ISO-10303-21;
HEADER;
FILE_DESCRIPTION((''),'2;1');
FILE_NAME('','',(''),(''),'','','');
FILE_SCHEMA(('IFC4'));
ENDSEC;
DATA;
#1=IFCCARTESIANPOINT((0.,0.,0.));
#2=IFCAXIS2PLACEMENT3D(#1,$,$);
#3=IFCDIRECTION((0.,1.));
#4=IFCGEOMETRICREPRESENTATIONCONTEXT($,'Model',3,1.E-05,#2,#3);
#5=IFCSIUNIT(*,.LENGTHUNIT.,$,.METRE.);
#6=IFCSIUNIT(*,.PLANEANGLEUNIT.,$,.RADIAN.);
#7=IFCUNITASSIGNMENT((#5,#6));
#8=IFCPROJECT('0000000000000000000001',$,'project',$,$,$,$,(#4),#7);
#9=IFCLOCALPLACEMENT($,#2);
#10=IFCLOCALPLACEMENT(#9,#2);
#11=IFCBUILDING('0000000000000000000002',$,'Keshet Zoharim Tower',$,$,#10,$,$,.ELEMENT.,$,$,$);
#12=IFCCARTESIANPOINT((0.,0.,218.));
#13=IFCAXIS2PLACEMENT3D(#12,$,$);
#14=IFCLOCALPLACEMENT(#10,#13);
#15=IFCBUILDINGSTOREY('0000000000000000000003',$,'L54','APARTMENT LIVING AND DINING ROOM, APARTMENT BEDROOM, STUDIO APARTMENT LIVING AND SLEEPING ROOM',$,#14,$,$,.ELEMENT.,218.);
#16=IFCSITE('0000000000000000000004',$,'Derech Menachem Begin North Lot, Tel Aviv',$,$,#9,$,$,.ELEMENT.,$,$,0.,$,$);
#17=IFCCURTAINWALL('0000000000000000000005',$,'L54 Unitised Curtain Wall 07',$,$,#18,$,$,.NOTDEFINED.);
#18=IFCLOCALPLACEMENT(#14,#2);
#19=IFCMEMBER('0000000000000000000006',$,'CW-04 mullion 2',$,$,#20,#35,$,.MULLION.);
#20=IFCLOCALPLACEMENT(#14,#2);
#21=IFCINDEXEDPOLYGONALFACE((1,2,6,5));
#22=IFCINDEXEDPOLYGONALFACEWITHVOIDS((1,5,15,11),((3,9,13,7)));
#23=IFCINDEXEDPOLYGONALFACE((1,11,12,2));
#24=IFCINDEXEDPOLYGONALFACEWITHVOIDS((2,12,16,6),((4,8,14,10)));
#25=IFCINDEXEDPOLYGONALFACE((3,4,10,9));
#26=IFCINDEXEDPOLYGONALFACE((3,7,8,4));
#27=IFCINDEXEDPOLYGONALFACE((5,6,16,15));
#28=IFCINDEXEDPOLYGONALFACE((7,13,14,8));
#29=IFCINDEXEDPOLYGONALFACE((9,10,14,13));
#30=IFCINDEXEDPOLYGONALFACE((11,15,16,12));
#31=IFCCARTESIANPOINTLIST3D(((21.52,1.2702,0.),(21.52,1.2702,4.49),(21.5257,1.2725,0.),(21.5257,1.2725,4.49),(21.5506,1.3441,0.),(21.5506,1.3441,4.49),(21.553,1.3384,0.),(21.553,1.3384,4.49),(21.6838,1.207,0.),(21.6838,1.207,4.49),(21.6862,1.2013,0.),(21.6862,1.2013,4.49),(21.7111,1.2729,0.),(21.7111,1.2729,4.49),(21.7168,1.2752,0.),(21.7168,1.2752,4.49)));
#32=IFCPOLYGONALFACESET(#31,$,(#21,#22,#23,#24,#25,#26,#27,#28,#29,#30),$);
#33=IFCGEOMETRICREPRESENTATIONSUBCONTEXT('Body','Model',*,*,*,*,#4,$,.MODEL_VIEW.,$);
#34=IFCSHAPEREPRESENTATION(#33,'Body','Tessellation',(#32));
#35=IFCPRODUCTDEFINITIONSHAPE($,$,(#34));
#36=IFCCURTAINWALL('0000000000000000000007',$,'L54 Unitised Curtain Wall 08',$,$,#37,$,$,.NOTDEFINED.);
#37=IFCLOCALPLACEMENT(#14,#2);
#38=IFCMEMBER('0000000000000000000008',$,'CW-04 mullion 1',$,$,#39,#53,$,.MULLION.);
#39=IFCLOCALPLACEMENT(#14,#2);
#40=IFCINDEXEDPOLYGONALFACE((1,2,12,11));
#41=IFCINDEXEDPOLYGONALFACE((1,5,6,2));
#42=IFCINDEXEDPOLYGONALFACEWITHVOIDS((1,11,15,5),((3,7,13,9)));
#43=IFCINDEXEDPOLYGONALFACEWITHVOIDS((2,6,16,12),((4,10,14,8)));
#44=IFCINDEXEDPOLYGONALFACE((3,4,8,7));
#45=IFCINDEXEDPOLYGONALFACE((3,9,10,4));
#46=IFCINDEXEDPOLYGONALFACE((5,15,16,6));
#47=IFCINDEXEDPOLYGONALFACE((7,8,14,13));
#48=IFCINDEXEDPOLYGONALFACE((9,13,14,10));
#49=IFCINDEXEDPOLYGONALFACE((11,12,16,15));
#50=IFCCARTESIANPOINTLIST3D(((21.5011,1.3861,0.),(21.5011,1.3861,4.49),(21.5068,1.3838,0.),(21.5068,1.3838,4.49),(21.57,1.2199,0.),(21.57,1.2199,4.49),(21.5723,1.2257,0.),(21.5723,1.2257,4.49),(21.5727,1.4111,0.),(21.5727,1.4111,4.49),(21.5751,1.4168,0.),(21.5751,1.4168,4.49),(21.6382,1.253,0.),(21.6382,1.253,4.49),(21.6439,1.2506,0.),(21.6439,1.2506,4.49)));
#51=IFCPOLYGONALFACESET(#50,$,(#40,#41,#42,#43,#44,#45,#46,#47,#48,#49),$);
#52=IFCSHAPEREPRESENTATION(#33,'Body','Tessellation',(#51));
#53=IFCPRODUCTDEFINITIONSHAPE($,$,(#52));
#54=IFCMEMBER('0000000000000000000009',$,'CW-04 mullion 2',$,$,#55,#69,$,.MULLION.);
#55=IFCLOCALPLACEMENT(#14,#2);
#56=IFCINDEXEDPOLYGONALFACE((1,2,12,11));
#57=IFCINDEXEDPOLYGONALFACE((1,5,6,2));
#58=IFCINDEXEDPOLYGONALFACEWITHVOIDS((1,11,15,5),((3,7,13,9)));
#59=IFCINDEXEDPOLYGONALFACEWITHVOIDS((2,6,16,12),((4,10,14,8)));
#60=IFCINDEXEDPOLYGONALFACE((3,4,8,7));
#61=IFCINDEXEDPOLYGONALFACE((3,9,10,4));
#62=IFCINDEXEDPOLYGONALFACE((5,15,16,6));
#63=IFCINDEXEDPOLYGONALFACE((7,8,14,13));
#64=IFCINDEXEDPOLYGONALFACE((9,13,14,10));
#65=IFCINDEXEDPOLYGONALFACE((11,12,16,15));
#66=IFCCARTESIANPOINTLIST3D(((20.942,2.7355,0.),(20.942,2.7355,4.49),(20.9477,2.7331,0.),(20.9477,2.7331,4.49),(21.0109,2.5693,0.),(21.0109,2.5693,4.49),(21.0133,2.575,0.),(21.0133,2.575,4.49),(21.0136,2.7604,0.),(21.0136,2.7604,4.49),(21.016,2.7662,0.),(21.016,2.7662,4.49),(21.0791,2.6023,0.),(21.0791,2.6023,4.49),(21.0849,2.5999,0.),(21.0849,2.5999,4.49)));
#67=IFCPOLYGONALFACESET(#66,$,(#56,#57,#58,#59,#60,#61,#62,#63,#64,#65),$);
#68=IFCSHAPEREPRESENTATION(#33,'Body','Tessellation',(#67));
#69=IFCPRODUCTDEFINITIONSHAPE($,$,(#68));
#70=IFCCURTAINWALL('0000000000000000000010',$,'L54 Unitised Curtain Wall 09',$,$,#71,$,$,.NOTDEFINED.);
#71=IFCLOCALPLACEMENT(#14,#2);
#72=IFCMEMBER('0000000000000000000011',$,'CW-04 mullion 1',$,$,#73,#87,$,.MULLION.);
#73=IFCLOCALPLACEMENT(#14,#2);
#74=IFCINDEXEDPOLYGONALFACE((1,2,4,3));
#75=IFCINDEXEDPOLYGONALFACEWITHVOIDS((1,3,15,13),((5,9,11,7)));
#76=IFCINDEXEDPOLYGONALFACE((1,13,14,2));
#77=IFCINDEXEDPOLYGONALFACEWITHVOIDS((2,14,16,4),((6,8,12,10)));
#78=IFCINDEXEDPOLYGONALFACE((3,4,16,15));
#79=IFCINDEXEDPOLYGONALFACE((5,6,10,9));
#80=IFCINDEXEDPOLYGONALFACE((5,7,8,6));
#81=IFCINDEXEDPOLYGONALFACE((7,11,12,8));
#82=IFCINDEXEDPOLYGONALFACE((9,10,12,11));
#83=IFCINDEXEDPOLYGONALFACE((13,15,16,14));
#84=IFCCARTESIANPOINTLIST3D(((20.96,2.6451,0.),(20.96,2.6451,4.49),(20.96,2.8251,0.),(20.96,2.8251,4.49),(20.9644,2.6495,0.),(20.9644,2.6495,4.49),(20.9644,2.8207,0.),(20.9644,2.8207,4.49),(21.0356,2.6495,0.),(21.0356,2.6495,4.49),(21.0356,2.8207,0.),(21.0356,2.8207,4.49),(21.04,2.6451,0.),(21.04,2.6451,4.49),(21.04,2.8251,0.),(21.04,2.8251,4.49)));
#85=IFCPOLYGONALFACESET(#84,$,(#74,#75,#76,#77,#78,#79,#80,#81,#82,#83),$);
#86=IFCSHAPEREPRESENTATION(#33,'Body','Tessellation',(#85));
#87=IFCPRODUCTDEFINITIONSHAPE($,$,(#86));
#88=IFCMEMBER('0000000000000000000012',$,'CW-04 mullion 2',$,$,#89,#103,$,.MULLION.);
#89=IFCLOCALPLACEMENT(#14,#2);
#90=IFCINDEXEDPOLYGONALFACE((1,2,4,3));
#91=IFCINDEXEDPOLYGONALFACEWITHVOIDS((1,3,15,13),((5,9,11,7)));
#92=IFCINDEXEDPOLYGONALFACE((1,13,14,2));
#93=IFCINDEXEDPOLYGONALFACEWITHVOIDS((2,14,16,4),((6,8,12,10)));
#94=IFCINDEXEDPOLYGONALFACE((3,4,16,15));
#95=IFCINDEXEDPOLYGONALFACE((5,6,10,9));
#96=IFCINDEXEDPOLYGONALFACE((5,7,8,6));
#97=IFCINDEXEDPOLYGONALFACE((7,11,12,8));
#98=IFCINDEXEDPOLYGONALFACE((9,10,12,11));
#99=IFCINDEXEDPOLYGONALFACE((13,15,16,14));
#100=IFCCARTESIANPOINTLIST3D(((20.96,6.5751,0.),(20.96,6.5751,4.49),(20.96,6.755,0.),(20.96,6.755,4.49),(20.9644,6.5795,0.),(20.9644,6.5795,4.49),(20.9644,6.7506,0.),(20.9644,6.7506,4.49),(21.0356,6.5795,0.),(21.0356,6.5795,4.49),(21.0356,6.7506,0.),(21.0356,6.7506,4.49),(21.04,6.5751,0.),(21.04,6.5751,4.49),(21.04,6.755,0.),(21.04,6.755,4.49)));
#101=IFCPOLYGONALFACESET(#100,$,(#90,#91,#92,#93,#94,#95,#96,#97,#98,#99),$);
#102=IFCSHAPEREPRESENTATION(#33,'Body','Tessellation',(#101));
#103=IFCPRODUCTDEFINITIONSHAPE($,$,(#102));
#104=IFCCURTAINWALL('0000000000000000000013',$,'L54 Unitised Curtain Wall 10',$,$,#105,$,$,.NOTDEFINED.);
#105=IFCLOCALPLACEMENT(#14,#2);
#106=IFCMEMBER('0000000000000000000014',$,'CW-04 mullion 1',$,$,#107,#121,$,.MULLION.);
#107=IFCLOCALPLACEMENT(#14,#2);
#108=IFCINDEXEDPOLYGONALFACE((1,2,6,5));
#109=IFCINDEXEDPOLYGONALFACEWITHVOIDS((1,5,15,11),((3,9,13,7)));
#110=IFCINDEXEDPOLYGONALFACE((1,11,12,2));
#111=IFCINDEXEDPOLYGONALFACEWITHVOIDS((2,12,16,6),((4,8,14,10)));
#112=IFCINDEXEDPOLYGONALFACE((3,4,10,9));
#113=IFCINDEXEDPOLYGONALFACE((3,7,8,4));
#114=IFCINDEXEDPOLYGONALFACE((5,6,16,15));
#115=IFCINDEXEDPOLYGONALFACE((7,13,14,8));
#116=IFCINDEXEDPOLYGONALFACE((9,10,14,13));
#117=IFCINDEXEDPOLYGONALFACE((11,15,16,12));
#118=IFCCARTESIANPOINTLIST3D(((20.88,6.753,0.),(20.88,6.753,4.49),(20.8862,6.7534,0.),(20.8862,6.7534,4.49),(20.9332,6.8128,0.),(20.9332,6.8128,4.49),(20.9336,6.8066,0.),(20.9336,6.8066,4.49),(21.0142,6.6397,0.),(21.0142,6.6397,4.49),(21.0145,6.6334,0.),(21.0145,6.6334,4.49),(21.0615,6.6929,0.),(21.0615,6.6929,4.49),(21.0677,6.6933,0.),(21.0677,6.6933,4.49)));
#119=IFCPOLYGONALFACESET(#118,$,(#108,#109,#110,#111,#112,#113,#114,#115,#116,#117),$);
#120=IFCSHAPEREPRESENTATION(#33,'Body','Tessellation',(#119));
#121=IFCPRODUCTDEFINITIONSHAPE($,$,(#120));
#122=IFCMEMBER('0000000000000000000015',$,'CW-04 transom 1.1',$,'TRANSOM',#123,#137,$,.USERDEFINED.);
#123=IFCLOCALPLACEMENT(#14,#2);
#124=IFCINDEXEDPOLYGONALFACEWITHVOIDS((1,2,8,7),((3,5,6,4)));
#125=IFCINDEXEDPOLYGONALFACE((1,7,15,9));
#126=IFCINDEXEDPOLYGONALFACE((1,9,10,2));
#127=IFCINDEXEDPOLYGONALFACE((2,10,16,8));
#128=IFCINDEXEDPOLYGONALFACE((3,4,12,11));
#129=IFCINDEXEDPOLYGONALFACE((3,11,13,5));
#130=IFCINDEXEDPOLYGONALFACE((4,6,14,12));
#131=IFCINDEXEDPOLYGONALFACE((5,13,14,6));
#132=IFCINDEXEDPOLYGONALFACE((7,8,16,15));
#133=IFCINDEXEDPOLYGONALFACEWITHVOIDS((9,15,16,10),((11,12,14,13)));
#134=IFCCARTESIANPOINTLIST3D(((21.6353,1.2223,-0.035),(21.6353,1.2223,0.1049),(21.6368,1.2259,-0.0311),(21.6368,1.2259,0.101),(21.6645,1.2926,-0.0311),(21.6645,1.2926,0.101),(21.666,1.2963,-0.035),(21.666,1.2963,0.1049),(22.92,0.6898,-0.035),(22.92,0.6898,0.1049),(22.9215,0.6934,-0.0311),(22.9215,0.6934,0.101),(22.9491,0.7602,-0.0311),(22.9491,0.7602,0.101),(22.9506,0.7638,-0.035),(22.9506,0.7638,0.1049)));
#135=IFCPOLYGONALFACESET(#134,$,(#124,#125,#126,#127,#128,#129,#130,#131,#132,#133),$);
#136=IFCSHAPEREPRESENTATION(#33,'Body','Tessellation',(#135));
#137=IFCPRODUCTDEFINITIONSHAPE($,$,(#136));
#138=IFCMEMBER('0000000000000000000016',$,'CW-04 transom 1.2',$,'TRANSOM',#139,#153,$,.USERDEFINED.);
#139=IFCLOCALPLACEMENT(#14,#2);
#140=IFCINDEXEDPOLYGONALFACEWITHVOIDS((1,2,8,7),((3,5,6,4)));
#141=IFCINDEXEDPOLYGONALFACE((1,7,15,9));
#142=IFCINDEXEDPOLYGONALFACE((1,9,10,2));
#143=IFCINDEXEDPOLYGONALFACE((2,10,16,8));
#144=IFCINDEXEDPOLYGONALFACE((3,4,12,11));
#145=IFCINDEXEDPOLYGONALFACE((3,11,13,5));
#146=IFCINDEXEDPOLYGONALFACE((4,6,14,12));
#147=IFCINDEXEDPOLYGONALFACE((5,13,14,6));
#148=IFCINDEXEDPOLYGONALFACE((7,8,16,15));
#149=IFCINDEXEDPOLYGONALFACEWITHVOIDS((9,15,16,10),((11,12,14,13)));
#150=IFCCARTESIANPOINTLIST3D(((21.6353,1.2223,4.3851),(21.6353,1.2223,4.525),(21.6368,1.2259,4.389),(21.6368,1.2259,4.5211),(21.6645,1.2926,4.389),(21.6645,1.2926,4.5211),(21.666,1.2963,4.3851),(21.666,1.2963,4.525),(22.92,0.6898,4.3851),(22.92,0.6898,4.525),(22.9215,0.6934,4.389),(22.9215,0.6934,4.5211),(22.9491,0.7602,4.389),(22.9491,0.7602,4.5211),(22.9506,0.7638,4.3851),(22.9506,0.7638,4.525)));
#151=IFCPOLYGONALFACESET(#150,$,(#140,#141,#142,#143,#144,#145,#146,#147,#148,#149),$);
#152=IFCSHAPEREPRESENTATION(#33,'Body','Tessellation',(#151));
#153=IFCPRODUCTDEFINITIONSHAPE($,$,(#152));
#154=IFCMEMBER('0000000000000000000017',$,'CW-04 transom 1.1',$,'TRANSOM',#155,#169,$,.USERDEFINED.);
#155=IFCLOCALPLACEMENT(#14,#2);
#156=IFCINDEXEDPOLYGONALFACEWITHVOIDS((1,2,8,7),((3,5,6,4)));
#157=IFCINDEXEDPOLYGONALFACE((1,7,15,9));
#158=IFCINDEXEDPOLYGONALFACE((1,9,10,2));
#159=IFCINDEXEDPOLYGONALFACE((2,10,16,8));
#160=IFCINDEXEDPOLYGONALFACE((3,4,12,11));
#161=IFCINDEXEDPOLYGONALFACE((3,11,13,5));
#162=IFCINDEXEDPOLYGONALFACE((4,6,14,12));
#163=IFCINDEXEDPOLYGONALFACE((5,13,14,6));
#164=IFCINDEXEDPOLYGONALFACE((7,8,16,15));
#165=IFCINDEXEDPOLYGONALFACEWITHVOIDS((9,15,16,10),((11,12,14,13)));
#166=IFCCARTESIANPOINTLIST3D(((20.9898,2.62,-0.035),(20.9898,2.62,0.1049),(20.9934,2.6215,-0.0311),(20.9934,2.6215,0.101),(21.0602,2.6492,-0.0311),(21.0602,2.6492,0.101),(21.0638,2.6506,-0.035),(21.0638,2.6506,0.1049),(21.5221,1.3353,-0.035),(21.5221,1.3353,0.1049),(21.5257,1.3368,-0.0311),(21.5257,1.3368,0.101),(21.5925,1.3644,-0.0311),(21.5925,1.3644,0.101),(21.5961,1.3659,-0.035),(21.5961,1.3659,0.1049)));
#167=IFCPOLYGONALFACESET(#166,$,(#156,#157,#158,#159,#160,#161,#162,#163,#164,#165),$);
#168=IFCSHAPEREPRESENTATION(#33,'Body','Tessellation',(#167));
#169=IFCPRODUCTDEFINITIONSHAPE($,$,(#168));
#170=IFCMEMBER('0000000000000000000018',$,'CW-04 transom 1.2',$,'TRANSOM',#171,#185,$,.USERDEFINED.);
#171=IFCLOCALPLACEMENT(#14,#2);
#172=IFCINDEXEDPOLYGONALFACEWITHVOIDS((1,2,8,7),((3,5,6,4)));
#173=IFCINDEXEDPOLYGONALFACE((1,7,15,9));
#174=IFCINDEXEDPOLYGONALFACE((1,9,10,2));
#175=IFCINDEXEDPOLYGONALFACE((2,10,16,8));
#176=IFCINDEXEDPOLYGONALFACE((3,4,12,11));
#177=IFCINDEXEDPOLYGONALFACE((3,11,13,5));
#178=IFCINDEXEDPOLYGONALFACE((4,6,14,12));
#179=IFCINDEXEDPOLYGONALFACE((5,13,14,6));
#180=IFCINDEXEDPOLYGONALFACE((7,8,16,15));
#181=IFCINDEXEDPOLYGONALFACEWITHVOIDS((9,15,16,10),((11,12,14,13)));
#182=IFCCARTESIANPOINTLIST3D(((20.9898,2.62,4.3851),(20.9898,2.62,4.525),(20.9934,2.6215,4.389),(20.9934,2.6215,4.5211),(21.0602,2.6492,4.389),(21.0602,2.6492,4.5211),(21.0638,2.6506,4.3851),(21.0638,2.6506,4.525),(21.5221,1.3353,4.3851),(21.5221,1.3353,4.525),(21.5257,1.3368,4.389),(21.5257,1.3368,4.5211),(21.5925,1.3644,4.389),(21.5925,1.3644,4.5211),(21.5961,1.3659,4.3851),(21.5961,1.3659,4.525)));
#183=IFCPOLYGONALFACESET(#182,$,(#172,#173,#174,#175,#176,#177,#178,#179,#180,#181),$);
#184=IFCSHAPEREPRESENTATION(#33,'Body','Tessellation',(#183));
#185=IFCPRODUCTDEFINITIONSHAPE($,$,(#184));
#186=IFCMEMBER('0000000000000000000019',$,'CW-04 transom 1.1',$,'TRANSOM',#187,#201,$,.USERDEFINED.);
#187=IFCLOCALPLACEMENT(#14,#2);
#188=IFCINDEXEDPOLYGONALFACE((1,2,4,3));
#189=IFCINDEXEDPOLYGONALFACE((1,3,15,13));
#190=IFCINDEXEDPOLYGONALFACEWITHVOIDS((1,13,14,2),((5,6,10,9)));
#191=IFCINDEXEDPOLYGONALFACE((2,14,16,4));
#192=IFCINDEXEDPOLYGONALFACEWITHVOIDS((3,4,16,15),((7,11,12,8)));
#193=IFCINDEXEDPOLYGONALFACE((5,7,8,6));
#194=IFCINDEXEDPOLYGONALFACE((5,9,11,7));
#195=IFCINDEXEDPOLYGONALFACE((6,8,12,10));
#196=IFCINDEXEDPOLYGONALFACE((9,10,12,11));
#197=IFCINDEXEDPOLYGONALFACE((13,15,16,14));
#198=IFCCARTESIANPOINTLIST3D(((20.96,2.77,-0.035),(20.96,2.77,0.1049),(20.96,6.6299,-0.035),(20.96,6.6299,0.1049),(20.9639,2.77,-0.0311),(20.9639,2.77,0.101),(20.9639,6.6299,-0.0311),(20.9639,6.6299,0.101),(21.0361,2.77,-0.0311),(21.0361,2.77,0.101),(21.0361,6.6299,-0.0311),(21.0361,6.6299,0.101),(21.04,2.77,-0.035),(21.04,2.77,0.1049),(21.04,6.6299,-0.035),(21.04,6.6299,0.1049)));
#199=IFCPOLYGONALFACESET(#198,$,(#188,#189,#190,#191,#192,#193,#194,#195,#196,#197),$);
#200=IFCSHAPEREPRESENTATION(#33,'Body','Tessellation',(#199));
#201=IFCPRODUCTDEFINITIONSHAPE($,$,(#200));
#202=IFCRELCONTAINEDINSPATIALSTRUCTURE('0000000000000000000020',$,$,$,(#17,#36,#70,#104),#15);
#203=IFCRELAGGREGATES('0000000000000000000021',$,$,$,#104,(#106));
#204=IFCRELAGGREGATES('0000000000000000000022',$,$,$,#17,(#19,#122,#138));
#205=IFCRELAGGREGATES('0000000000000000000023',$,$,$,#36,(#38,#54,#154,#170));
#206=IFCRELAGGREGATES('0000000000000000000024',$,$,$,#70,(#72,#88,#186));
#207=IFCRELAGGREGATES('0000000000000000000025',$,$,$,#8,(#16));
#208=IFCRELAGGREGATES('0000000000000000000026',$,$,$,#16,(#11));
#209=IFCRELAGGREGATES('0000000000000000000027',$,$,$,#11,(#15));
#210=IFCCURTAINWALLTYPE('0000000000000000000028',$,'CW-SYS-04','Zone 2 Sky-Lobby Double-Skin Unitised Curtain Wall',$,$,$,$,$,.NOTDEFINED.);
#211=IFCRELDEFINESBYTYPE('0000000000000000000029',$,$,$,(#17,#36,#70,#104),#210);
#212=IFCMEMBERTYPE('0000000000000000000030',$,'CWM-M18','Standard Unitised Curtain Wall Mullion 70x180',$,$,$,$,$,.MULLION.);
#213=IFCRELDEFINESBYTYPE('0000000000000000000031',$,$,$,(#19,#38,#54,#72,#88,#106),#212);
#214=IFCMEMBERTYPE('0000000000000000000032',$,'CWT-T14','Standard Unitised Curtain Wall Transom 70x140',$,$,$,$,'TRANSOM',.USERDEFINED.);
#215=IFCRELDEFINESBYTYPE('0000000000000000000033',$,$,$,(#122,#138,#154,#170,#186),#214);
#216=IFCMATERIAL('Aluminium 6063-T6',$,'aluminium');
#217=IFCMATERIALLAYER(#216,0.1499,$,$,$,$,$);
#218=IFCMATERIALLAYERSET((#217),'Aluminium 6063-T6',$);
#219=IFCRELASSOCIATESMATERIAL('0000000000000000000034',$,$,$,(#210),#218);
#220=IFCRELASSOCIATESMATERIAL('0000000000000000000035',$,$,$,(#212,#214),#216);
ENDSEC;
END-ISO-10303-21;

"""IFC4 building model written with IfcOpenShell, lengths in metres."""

from ifc_helpers import new_model, si_unit, direction, frame, origin, origin_2d, place, context, subcontext, project, spatial, hollow_rectangle, extrude, material, layer, layer_set, material_profile, profile_set, type_object, element, aggregate, save


model = new_model("IFC4")

# Units and contexts
model_context = context("Model", 3, precision=1e-05, world=origin(), true_north=direction((0.0, 1.0)))
body_context = subcontext(model_context, "Body", "Model", "MODEL_VIEW")
ifc_project = project(units=[si_unit("LENGTHUNIT", "METRE"), si_unit("PLANEANGLEUNIT", "RADIAN")], contexts=[model_context])

# Site, building, storey
site_placement = place(None, origin())
site = spatial("IfcSite", under=ifc_project, at=site_placement, Name="Derech Menachem Begin North Lot, Tel Aviv", CompositionType="ELEMENT", RefElevation=0.0)
building_placement = place(site_placement, origin())
building = spatial("IfcBuilding", under=site, at=building_placement, Name="Keshet Zoharim Tower", CompositionType="ELEMENT")
storey_placement = place(building_placement, frame((0.0, 0.0, 218.0)))
storey = spatial("IfcBuildingStorey", under=building, at=storey_placement, Name="L54", Description="APARTMENT LIVING AND DINING ROOM, APARTMENT BEDROOM, STUDIO APARTMENT LIVING AND SLEEPING ROOM", CompositionType="ELEMENT", Elevation=218.0)

# Shared definitions
ifc_material_1 = material(Name="Aluminium 6063-T6", Category="aluminium")
ifc_layer_1 = layer(ifc_material_1, 0.1499)
ifc_layer_set_1 = layer_set([ifc_layer_1], Name="Aluminium 6063-T6")
curtain_wall_type = type_object("IfcCurtainWallType", Name="CW-SYS-04", Description="Zone 2 Sky-Lobby Double-Skin Unitised Curtain Wall", PredefinedType="NOTDEFINED", material=ifc_layer_set_1)
ifc_material_profile_1 = material_profile(ifc_material_1, hollow_rectangle(XDim=0.0801, YDim=0.1799, WallThickness=0.0044, at=origin_2d()), Name="MUL-80x180")
ifc_profile_set_1 = profile_set([ifc_material_profile_1], Name="Aluminium 6063-T6")
member_type_1 = type_object("IfcMemberType", Name="CWM-M18", Description="Standard Unitised Curtain Wall Mullion 70x180", PredefinedType="MULLION", material=ifc_profile_set_1)

# Curtain walls, members
curtain_wall_1_placement = place(storey_placement, origin())
curtain_wall_1 = element("IfcCurtainWall", 1, at=curtain_wall_1_placement, inside=storey, type_object=curtain_wall_type, Name="L54 Unitised Curtain Wall 07", PredefinedType="NOTDEFINED")
member_1_placement = place(storey_placement, frame((21.6184, 1.2727, 0.0), z_axis=(0.0, 0.0, 1.0), x_axis=(-0.382852, -0.92381, 0.0)))
member_1 = element("IfcMember", 2, at=member_1_placement, type_object=member_type_1, Name="CW-04 mullion 2", PredefinedType="MULLION", context=body_context, shape_type="SweptSolid", body=[
    extrude(hollow_rectangle(XDim=0.0801, YDim=0.1799, WallThickness=0.0044, at=origin_2d()), origin(), (0.0, 0.0, 1.0), 4.49),
])
curtain_wall_2_placement = place(storey_placement, origin())
curtain_wall_2 = element("IfcCurtainWall", 3, at=curtain_wall_2_placement, inside=storey, type_object=curtain_wall_type, Name="L54 Unitised Curtain Wall 08", PredefinedType="NOTDEFINED")
member_2_placement = place(storey_placement, frame((21.5725, 1.3184, 0.0), z_axis=(0.0, 0.0, 1.0), x_axis=(-0.92381, -0.382852, 0.0)))
member_2 = element("IfcMember", 4, at=member_2_placement, type_object=member_type_1, Name="CW-04 mullion 1", PredefinedType="MULLION", context=body_context, shape_type="SweptSolid", body=[
    extrude(hollow_rectangle(XDim=0.0801, YDim=0.1799, WallThickness=0.0044, at=origin_2d()), origin(), (0.0, 0.0, 1.0), 4.49),
])
member_3_placement = place(storey_placement, frame((21.0134, 2.6677, 0.0), z_axis=(0.0, 0.0, 1.0), x_axis=(-0.92381, -0.382852, 0.0)))
member_3 = element("IfcMember", 5, at=member_3_placement, type_object=member_type_1, Name="CW-04 mullion 2", PredefinedType="MULLION", context=body_context, shape_type="SweptSolid", body=[
    extrude(hollow_rectangle(XDim=0.0801, YDim=0.1799, WallThickness=0.0044, at=origin_2d()), origin(), (0.0, 0.0, 1.0), 4.49),
])
curtain_wall_3_placement = place(storey_placement, origin())
curtain_wall_3 = element("IfcCurtainWall", 6, at=curtain_wall_3_placement, inside=storey, type_object=curtain_wall_type, Name="L54 Unitised Curtain Wall 09", PredefinedType="NOTDEFINED")
member_4_placement = place(storey_placement, frame((21.0, 2.7351, 0.0), z_axis=(0.0, 0.0, 1.0), x_axis=(-1.0, 0.0, 0.0)))
member_4 = element("IfcMember", 7, at=member_4_placement, type_object=member_type_1, Name="CW-04 mullion 1", PredefinedType="MULLION", context=body_context, shape_type="SweptSolid", body=[
    extrude(hollow_rectangle(XDim=0.0801, YDim=0.1799, WallThickness=0.0044, at=origin_2d()), origin(), (0.0, 0.0, 1.0), 4.49),
])
member_5_placement = place(storey_placement, frame((21.0, 6.665, 0.0), z_axis=(0.0, 0.0, 1.0), x_axis=(-1.0, 0.0, 0.0)))
member_5 = element("IfcMember", 8, at=member_5_placement, type_object=member_type_1, Name="CW-04 mullion 2", PredefinedType="MULLION", context=body_context, shape_type="SweptSolid", body=[
    extrude(hollow_rectangle(XDim=0.0801, YDim=0.1799, WallThickness=0.0044, at=origin_2d()), origin(), (0.0, 0.0, 1.0), 4.49),
])

# Curtain wall, member
curtain_wall_4_placement = place(storey_placement, origin())
curtain_wall_4 = element("IfcCurtainWall", 9, at=curtain_wall_4_placement, inside=storey, type_object=curtain_wall_type, Name="L54 Unitised Curtain Wall 10", PredefinedType="NOTDEFINED")
member_6_placement = place(storey_placement, frame((20.9739, 6.7231, 0.0), z_axis=(0.0, 0.0, 1.0), x_axis=(-0.664358, -0.747415, 0.0)))
member_6 = element("IfcMember", 10, at=member_6_placement, type_object=member_type_1, Name="CW-04 mullion 1", PredefinedType="MULLION", context=body_context, shape_type="SweptSolid", body=[
    extrude(hollow_rectangle(XDim=0.0801, YDim=0.1799, WallThickness=0.0044, at=origin_2d()), origin(), (0.0, 0.0, 1.0), 4.49),
])

# Members
ifc_material_profile_2 = material_profile(ifc_material_1, hollow_rectangle(XDim=0.0801, YDim=0.1399, WallThickness=0.0039, at=origin_2d()), Name="TRN-80x140")
ifc_profile_set_2 = profile_set([ifc_material_profile_2], Name="Aluminium 6063-T6")
member_type_2 = type_object("IfcMemberType", Name="CWT-T14", Description="Standard Unitised Curtain Wall Transom 70x140", ElementType="TRANSOM", PredefinedType="USERDEFINED", material=ifc_profile_set_2)
member_7_placement = place(storey_placement, frame((22.9353, 0.7268, 0.0349), z_axis=(-0.923792, 0.382894, 0.0), x_axis=(-0.382894, -0.923792, 0.0)))
member_7 = element("IfcMember", 11, at=member_7_placement, type_object=member_type_2, Name="CW-04 transom 1.1", ObjectType="TRANSOM", PredefinedType="USERDEFINED", context=body_context, shape_type="SweptSolid", body=[
    extrude(hollow_rectangle(XDim=0.0801, YDim=0.1399, WallThickness=0.0039, at=origin_2d()), origin(), (0.0, 0.0, 1.0), 1.3906),
])
member_8_placement = place(storey_placement, frame((22.9353, 0.7268, 4.4551), z_axis=(-0.923792, 0.382894, 0.0), x_axis=(-0.382894, -0.923792, 0.0)))
member_8 = element("IfcMember", 12, at=member_8_placement, type_object=member_type_2, Name="CW-04 transom 1.2", ObjectType="TRANSOM", PredefinedType="USERDEFINED", context=body_context, shape_type="SweptSolid", body=[
    extrude(hollow_rectangle(XDim=0.0801, YDim=0.1399, WallThickness=0.0039, at=origin_2d()), origin(), (0.0, 0.0, 1.0), 1.3906),
])
member_9_placement = place(storey_placement, frame((21.5591, 1.3506, 0.0349), z_axis=(-0.382745, 0.923854, 0.0), x_axis=(-0.923854, -0.382745, 0.0)))
member_9 = element("IfcMember", 13, at=member_9_placement, type_object=member_type_2, Name="CW-04 transom 1.1", ObjectType="TRANSOM", PredefinedType="USERDEFINED", context=body_context, shape_type="SweptSolid", body=[
    extrude(hollow_rectangle(XDim=0.0801, YDim=0.1399, WallThickness=0.0039, at=origin_2d()), origin(), (0.0, 0.0, 1.0), 1.3906),
])
member_10_placement = place(storey_placement, frame((21.5591, 1.3506, 4.4551), z_axis=(-0.382745, 0.923854, 0.0), x_axis=(-0.923854, -0.382745, 0.0)))
member_10 = element("IfcMember", 14, at=member_10_placement, type_object=member_type_2, Name="CW-04 transom 1.2", ObjectType="TRANSOM", PredefinedType="USERDEFINED", context=body_context, shape_type="SweptSolid", body=[
    extrude(hollow_rectangle(XDim=0.0801, YDim=0.1399, WallThickness=0.0039, at=origin_2d()), origin(), (0.0, 0.0, 1.0), 1.3906),
])
member_11_placement = place(storey_placement, frame((21.0, 2.77, 0.0349), z_axis=(0.0, 1.0, 0.0), x_axis=(-1.0, 0.0, 0.0)))
member_11 = element("IfcMember", 15, at=member_11_placement, type_object=member_type_2, Name="CW-04 transom 1.1", ObjectType="TRANSOM", PredefinedType="USERDEFINED", context=body_context, shape_type="SweptSolid", body=[
    extrude(hollow_rectangle(XDim=0.0801, YDim=0.1399, WallThickness=0.0039, at=origin_2d()), origin(), (0.0, 0.0, 1.0), 3.8599),
])
aggregate(curtain_wall_4, [member_6])

aggregate(curtain_wall_1, [member_1, member_7, member_8])
aggregate(curtain_wall_2, [member_2, member_3, member_9, member_10])
aggregate(curtain_wall_3, [member_4, member_5, member_11])

save(model, "model.ifc")
